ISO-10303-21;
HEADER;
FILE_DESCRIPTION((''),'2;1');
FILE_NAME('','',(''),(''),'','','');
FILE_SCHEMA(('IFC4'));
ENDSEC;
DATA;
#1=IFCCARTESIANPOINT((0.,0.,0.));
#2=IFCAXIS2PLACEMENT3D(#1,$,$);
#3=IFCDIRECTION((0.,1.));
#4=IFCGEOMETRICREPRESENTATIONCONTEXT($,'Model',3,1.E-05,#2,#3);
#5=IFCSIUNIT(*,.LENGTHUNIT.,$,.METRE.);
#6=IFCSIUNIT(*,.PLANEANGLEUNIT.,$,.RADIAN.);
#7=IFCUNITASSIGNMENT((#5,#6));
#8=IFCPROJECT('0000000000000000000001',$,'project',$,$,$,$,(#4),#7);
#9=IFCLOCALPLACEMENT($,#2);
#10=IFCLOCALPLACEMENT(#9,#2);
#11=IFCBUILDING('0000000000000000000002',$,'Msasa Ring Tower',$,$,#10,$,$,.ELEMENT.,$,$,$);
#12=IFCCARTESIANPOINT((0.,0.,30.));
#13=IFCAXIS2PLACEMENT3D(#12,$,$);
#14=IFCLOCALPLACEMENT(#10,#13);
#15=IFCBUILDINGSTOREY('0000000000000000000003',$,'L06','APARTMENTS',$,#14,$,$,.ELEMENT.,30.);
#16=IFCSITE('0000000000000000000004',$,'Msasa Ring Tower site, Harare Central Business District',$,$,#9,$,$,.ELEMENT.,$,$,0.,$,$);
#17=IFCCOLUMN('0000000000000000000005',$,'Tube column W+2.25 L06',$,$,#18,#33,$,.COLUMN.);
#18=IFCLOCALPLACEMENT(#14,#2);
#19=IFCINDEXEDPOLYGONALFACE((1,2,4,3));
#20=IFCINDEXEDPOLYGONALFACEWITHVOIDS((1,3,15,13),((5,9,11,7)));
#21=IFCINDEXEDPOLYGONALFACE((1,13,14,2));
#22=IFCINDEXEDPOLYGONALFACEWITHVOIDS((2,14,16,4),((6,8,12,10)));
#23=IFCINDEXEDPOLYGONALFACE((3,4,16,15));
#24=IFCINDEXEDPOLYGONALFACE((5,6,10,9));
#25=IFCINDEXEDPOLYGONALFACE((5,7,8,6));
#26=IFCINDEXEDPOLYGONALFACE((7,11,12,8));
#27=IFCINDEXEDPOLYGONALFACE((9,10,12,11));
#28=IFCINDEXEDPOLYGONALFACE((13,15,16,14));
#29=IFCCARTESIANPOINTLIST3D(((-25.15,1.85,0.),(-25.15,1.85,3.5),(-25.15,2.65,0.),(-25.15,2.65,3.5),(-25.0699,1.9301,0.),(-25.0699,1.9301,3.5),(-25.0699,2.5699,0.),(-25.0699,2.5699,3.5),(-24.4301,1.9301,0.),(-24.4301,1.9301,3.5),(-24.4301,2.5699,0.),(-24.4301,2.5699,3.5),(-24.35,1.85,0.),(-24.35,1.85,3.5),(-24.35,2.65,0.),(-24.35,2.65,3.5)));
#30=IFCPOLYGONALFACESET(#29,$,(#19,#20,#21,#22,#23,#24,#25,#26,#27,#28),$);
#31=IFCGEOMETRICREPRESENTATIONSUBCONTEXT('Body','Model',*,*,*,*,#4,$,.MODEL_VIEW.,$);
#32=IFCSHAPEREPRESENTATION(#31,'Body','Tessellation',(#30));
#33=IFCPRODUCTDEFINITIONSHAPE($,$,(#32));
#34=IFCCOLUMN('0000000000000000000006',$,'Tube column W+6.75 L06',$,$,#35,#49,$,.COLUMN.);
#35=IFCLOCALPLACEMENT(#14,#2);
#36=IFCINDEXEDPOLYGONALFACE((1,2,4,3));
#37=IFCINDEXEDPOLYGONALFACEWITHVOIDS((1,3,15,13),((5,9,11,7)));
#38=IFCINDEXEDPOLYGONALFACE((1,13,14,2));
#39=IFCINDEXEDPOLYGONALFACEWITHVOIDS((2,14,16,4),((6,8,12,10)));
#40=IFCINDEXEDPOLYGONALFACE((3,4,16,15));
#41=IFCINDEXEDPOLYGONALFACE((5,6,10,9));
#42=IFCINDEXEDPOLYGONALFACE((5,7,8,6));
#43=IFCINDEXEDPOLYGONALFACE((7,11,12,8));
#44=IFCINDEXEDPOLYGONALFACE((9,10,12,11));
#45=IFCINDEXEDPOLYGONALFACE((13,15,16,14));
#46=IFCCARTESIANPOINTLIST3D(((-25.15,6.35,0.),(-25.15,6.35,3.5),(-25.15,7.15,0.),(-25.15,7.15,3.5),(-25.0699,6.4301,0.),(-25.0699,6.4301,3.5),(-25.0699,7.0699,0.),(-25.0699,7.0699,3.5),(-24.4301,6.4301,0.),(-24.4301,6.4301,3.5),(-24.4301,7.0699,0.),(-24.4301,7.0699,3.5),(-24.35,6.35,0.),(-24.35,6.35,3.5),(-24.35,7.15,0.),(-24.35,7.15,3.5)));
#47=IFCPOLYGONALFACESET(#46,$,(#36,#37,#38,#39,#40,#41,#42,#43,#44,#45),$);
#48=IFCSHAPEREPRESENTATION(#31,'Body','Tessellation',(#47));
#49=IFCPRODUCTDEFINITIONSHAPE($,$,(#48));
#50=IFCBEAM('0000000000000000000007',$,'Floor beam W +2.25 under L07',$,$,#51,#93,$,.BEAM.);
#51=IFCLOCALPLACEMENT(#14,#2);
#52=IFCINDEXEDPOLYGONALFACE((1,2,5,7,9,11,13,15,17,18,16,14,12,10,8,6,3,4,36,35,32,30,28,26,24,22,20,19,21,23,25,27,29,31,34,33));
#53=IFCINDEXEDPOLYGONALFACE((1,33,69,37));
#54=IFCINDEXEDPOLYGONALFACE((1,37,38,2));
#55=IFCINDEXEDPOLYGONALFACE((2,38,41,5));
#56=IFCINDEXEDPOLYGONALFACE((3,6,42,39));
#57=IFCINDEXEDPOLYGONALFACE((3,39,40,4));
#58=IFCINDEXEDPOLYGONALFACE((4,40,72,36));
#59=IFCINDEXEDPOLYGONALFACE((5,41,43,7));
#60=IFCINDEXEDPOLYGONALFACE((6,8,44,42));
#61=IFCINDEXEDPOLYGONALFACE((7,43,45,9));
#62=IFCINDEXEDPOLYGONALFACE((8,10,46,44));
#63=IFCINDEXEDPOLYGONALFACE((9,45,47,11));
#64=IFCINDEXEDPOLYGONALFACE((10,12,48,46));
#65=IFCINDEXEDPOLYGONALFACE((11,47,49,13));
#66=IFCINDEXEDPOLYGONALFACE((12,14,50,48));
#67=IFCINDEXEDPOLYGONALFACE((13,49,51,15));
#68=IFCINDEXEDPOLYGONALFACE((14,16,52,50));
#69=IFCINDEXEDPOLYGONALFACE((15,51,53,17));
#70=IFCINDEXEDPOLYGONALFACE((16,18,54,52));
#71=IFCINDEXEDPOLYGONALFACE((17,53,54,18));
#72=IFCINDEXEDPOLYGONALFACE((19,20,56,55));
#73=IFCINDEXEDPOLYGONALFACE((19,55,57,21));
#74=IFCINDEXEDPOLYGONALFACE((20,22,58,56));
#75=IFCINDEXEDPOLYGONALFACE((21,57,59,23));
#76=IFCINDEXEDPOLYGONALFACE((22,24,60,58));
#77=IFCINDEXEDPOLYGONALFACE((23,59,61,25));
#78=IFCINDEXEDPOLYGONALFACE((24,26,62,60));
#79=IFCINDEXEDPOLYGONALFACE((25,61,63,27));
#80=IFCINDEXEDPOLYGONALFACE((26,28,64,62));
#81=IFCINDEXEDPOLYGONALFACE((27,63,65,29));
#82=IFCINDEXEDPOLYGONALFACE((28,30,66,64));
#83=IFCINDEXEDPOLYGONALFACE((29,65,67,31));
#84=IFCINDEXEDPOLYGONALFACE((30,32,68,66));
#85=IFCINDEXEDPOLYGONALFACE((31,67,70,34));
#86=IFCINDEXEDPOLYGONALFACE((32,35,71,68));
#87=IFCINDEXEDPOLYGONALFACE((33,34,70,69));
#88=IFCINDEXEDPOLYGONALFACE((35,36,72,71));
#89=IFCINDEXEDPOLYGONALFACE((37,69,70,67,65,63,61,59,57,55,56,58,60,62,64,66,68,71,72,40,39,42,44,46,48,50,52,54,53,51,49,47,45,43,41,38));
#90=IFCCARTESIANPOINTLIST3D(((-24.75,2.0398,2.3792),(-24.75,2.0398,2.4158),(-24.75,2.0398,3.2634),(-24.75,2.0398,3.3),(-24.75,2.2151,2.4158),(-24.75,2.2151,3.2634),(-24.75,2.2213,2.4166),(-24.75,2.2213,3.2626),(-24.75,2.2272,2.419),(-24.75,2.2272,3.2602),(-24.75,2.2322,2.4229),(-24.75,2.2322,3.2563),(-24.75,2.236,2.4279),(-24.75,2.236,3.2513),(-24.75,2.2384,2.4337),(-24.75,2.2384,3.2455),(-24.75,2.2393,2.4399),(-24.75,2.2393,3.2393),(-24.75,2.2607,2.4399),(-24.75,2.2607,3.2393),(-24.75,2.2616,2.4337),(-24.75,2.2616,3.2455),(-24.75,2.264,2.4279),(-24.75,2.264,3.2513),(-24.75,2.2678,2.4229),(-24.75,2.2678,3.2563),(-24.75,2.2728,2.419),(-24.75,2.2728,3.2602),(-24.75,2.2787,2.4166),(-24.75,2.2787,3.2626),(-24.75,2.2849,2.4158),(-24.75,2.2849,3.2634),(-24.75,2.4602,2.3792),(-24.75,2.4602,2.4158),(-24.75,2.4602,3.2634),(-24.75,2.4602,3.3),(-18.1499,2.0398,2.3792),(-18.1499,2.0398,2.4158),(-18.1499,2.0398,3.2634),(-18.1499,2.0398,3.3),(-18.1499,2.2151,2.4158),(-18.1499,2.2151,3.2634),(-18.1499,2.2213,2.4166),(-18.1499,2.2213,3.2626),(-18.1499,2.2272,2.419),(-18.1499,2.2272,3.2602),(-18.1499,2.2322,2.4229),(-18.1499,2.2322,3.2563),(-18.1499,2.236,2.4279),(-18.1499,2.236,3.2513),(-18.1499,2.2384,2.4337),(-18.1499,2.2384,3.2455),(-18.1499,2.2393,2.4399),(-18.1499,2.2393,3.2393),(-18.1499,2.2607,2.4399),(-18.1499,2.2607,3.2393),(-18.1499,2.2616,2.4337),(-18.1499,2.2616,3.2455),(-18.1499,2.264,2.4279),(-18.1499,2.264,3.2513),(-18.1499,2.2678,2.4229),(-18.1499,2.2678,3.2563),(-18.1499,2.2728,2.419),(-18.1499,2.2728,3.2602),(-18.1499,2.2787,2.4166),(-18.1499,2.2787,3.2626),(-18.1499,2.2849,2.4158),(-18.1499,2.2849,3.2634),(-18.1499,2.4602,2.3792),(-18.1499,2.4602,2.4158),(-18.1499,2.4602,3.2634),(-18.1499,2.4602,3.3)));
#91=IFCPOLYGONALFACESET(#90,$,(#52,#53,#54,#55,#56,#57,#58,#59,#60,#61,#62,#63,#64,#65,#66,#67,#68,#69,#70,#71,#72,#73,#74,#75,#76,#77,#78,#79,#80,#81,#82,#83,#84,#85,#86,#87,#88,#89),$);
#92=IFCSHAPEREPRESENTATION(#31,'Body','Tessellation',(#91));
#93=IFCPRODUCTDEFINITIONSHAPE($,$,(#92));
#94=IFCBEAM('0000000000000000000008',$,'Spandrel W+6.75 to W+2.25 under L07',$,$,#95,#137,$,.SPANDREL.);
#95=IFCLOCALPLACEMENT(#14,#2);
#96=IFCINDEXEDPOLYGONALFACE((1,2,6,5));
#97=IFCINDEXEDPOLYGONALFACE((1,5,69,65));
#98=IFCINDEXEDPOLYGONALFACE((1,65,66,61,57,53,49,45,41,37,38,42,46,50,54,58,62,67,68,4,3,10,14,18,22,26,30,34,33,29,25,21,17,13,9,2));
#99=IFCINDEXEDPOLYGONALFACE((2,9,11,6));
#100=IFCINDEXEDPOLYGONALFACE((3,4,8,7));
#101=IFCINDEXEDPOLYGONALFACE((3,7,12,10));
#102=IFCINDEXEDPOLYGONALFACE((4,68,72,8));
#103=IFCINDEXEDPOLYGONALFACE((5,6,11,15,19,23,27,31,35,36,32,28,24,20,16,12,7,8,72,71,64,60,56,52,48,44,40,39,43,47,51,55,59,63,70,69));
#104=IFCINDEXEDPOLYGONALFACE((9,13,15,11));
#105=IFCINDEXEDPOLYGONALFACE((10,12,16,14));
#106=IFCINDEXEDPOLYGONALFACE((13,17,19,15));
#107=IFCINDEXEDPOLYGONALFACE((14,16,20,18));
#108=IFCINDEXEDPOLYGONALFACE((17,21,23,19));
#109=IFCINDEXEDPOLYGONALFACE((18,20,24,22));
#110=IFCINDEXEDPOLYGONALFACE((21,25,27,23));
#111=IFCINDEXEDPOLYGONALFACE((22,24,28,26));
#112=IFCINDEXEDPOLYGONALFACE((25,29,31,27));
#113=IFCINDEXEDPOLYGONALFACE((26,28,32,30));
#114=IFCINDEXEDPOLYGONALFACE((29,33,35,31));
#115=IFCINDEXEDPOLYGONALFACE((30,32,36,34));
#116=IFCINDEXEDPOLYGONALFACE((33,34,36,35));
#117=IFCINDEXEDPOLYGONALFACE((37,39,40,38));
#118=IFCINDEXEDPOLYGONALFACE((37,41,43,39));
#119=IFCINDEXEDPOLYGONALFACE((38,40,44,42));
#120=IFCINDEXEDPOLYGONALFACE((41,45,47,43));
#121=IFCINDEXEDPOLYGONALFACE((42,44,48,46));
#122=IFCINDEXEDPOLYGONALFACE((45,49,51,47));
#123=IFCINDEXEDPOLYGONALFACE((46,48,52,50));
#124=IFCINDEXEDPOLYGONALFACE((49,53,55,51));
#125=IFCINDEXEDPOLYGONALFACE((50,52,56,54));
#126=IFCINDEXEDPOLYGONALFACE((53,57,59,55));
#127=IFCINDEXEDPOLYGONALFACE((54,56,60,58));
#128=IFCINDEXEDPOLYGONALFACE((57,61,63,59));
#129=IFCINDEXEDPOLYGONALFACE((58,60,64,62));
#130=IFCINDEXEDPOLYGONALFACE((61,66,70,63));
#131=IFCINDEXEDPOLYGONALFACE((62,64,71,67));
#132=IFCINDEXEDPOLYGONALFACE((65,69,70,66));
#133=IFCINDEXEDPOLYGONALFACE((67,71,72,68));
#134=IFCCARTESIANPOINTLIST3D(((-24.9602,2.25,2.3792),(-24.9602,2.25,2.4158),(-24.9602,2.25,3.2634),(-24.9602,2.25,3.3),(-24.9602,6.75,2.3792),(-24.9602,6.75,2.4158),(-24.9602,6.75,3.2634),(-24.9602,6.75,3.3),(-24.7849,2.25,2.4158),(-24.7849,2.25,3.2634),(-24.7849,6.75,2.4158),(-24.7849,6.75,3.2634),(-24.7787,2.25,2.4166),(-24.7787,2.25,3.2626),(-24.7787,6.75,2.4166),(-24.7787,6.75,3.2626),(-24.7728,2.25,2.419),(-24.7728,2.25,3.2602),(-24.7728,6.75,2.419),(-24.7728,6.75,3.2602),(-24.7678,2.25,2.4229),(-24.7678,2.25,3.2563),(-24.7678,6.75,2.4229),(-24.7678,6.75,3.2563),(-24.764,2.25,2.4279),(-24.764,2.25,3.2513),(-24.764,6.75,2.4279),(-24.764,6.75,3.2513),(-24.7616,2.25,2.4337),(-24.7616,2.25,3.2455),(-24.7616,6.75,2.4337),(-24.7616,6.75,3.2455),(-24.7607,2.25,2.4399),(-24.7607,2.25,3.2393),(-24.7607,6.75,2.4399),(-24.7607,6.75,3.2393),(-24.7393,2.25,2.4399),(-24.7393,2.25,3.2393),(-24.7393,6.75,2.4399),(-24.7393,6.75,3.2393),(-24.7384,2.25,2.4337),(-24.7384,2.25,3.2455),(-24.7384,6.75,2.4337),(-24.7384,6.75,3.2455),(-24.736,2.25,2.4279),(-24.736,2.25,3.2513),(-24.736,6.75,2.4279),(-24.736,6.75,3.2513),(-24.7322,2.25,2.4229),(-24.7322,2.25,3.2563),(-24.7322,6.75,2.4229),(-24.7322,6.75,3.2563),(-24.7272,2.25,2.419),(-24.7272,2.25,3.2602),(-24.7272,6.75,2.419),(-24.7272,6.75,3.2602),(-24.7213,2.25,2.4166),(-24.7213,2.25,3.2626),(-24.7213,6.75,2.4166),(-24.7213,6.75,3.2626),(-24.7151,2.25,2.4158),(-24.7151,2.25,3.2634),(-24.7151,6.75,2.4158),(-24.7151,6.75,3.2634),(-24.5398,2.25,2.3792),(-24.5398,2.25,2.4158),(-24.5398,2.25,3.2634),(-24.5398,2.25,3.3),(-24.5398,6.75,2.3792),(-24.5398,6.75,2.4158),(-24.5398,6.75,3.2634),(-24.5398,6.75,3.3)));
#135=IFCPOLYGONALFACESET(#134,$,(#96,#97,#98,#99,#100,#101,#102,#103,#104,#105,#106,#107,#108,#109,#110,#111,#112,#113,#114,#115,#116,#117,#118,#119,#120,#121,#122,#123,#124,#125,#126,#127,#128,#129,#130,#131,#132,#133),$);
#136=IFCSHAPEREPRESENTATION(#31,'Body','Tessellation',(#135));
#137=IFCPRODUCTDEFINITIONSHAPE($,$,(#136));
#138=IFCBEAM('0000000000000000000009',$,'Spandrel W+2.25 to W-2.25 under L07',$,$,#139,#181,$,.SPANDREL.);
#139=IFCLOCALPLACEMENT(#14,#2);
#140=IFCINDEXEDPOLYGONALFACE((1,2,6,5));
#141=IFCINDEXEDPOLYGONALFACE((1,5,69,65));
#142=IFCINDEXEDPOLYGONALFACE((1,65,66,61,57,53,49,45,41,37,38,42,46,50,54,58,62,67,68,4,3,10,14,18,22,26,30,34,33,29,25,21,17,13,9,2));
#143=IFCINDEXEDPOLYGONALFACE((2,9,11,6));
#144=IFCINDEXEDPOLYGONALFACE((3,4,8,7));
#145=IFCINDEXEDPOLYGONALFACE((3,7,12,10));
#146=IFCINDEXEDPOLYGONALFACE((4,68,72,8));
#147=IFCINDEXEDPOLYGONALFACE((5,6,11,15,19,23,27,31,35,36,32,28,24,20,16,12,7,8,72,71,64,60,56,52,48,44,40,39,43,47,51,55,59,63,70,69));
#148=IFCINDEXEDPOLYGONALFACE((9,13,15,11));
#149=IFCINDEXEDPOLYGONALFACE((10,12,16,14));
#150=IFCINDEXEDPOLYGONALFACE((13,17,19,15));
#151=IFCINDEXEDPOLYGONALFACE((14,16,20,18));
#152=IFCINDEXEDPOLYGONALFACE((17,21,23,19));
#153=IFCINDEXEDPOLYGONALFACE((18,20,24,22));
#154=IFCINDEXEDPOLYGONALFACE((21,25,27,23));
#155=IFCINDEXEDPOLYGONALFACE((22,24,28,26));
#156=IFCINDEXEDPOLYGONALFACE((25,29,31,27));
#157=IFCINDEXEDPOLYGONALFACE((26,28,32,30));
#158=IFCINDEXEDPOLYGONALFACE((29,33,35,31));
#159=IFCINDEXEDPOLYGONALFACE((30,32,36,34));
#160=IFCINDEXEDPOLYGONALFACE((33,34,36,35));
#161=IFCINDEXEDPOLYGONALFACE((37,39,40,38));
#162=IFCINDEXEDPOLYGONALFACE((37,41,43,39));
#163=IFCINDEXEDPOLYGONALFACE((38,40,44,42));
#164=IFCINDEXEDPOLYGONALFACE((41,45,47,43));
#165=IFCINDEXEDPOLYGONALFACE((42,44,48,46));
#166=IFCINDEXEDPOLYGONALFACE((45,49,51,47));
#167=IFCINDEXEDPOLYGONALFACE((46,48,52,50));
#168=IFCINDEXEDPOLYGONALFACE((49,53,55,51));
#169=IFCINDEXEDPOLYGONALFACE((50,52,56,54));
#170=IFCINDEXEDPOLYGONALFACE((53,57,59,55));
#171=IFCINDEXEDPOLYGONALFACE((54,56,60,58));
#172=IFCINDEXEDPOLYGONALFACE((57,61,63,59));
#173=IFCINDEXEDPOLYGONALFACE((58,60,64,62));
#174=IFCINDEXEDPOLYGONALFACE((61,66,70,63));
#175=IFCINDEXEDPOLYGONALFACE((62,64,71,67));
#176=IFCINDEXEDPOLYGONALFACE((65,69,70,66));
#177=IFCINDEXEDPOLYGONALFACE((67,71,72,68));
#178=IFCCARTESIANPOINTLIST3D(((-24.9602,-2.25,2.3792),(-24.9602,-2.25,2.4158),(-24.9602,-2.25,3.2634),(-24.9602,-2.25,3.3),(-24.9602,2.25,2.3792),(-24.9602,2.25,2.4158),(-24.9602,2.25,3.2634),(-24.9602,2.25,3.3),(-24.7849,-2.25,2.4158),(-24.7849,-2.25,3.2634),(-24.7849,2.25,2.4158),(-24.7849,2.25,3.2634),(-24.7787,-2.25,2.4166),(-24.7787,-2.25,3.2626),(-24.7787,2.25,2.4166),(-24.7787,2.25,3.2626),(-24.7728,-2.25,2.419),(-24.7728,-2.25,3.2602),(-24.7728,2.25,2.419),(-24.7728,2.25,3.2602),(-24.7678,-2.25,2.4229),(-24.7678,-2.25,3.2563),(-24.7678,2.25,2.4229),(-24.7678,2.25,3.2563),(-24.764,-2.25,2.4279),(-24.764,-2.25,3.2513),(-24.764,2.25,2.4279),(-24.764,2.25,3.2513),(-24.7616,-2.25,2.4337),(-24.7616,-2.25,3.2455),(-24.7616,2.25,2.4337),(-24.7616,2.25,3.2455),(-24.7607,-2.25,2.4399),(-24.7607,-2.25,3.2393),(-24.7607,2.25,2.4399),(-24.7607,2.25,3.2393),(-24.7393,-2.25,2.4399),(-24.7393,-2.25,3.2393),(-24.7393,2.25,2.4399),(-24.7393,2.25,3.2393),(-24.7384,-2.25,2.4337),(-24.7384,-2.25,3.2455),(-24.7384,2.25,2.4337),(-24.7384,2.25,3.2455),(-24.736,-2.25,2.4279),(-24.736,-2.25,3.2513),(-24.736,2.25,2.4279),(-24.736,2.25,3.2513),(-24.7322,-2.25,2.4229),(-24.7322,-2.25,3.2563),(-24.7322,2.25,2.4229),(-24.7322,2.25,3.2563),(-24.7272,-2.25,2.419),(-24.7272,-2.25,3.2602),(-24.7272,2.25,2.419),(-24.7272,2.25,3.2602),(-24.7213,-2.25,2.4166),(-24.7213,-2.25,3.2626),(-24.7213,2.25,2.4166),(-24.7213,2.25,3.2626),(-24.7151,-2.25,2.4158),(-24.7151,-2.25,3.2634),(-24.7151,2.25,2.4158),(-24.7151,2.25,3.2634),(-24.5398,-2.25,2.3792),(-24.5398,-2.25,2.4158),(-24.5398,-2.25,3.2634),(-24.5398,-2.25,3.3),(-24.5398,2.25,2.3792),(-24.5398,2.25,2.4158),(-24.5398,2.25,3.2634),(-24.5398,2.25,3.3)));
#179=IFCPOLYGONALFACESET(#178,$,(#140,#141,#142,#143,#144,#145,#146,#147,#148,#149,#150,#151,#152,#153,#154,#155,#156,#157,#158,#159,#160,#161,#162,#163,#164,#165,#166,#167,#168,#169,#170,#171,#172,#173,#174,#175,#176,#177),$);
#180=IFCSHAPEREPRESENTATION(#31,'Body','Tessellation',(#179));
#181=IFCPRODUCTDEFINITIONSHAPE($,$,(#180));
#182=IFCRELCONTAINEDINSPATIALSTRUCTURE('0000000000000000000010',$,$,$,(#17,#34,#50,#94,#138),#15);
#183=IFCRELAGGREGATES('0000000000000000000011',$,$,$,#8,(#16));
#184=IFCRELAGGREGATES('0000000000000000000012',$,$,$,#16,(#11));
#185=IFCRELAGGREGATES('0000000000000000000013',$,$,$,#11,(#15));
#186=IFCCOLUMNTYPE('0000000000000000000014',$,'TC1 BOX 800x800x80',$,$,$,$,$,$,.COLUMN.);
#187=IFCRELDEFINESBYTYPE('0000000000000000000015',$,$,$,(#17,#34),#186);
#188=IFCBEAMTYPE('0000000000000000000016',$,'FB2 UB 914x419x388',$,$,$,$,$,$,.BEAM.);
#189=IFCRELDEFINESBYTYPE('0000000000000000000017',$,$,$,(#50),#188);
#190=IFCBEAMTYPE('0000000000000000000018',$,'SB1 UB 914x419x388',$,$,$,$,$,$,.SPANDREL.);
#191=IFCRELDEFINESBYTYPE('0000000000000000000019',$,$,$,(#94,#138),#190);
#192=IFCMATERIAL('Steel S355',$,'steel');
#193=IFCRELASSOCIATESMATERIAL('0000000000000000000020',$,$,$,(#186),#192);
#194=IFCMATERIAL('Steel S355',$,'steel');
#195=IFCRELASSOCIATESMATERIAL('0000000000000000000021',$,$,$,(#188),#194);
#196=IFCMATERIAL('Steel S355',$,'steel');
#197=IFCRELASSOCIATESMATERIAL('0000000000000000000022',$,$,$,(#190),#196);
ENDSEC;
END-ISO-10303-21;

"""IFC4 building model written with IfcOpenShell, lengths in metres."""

from ifc_helpers import new_model, si_unit, direction, frame, origin, origin_2d, place, context, subcontext, project, spatial, hollow_rectangle, i_section, extrude, material, material_profile, profile_set, type_object, element, save


model = new_model("IFC4")

# Units and contexts
model_context = context("Model", 3, precision=1e-05, world=origin(), true_north=direction((0.0, 1.0)))
body_context = subcontext(model_context, "Body", "Model", "MODEL_VIEW")
ifc_project = project(units=[si_unit("LENGTHUNIT", "METRE"), si_unit("PLANEANGLEUNIT", "RADIAN")], contexts=[model_context])

# Site, building, storey
site_placement = place(None, origin())
site = spatial("IfcSite", under=ifc_project, at=site_placement, Name="Msasa Ring Tower site, Harare Central Business District", CompositionType="ELEMENT", RefElevation=0.0)
building_placement = place(site_placement, origin())
building = spatial("IfcBuilding", under=site, at=building_placement, Name="Msasa Ring Tower", CompositionType="ELEMENT")
storey_placement = place(building_placement, frame((0.0, 0.0, 30.0)))
storey = spatial("IfcBuildingStorey", under=building, at=storey_placement, Name="L06", Description="APARTMENTS", CompositionType="ELEMENT", Elevation=30.0)

# Columns
ifc_material_1 = material(Name="Steel S355", Category="steel")
ifc_material_profile_1 = material_profile(ifc_material_1, hollow_rectangle(XDim=0.8, YDim=0.8, WallThickness=0.0801, at=origin_2d()), Name="BOX 800x800x80")
ifc_profile_set_1 = profile_set([ifc_material_profile_1], Name="Steel S355")
column_type = type_object("IfcColumnType", Name="TC1 BOX 800x800x80", PredefinedType="COLUMN", material=ifc_profile_set_1)
for number, where, z_axis, x_axis, name in (
    (1, (-24.75, 2.25, 0.0), (0.0, 0.0, 1.0), (1.0, 0.0, 0.0), "Tube column W+2.25 L06"),
    (2, (-24.75, 6.75, 0.0), (0.0, 0.0, 1.0), (1.0, 0.0, 0.0), "Tube column W+6.75 L06"),
):
    element("IfcColumn", number, at=place(storey_placement, frame(where, z_axis=z_axis, x_axis=x_axis)), inside=storey, type_object=column_type, Name=name, PredefinedType="COLUMN", context=body_context, shape_type="SweptSolid", body=[
        extrude(hollow_rectangle(XDim=0.8, YDim=0.8, WallThickness=0.0801, at=origin_2d()), origin(), (0.0, 0.0, 1.0), 3.5),
    ])

# Beams
ifc_material_2 = material(Name="Steel S355", Category="steel")
ifc_material_profile_2 = material_profile(ifc_material_2, i_section(OverallWidth=0.4204, OverallDepth=0.9209, WebThickness=0.0215, FlangeThickness=0.0366, FilletRadius=0.0242, at=origin_2d()), Name="UB 914x419x388")
ifc_profile_set_2 = profile_set([ifc_material_profile_2], Name="Steel S355")
beam_type_1 = type_object("IfcBeamType", Name="FB2 UB 914x419x388", PredefinedType="BEAM", material=ifc_profile_set_2)
beam_placement = place(storey_placement, frame((-24.75, 2.25, 2.8396), z_axis=(1.0, 0.0, 0.0), x_axis=(0.0, 1.0, 0.0)))
element("IfcBeam", 3, at=beam_placement, inside=storey, type_object=beam_type_1, Name="Floor beam W +2.25 under L07", PredefinedType="BEAM", context=body_context, shape_type="SweptSolid", body=[
    extrude(i_section(OverallWidth=0.4204, OverallDepth=0.9209, WebThickness=0.0215, FlangeThickness=0.0366, FilletRadius=0.0242, at=origin_2d()), origin(), (0.0, 0.0, 1.0), 6.6001),
])
ifc_material_3 = material(Name="Steel S355", Category="steel")
ifc_material_profile_3 = material_profile(ifc_material_3, i_section(OverallWidth=0.4204, OverallDepth=0.9209, WebThickness=0.0215, FlangeThickness=0.0366, FilletRadius=0.0242, at=origin_2d()), Name="UB 914x419x388")
ifc_profile_set_3 = profile_set([ifc_material_profile_3], Name="Steel S355")
beam_type_2 = type_object("IfcBeamType", Name="SB1 UB 914x419x388", PredefinedType="SPANDREL", material=ifc_profile_set_3)
for number, where, z_axis, x_axis, name in (
    (4, (-24.75, 6.75, 2.8396), (0.0, -1.0, 0.0), (1.0, 0.0, 0.0), "Spandrel W+6.75 to W+2.25 under L07"),
    (5, (-24.75, 2.25, 2.8396), (0.0, -1.0, 0.0), (1.0, 0.0, 0.0), "Spandrel W+2.25 to W-2.25 under L07"),
):
    element("IfcBeam", number, at=place(storey_placement, frame(where, z_axis=z_axis, x_axis=x_axis)), inside=storey, type_object=beam_type_2, Name=name, PredefinedType="SPANDREL", context=body_context, shape_type="SweptSolid", body=[
        extrude(i_section(OverallWidth=0.4204, OverallDepth=0.9209, WebThickness=0.0215, FlangeThickness=0.0366, FilletRadius=0.0242, at=origin_2d()), origin(), (0.0, 0.0, 1.0), 4.5),
    ])

save(model, "model.ifc")
